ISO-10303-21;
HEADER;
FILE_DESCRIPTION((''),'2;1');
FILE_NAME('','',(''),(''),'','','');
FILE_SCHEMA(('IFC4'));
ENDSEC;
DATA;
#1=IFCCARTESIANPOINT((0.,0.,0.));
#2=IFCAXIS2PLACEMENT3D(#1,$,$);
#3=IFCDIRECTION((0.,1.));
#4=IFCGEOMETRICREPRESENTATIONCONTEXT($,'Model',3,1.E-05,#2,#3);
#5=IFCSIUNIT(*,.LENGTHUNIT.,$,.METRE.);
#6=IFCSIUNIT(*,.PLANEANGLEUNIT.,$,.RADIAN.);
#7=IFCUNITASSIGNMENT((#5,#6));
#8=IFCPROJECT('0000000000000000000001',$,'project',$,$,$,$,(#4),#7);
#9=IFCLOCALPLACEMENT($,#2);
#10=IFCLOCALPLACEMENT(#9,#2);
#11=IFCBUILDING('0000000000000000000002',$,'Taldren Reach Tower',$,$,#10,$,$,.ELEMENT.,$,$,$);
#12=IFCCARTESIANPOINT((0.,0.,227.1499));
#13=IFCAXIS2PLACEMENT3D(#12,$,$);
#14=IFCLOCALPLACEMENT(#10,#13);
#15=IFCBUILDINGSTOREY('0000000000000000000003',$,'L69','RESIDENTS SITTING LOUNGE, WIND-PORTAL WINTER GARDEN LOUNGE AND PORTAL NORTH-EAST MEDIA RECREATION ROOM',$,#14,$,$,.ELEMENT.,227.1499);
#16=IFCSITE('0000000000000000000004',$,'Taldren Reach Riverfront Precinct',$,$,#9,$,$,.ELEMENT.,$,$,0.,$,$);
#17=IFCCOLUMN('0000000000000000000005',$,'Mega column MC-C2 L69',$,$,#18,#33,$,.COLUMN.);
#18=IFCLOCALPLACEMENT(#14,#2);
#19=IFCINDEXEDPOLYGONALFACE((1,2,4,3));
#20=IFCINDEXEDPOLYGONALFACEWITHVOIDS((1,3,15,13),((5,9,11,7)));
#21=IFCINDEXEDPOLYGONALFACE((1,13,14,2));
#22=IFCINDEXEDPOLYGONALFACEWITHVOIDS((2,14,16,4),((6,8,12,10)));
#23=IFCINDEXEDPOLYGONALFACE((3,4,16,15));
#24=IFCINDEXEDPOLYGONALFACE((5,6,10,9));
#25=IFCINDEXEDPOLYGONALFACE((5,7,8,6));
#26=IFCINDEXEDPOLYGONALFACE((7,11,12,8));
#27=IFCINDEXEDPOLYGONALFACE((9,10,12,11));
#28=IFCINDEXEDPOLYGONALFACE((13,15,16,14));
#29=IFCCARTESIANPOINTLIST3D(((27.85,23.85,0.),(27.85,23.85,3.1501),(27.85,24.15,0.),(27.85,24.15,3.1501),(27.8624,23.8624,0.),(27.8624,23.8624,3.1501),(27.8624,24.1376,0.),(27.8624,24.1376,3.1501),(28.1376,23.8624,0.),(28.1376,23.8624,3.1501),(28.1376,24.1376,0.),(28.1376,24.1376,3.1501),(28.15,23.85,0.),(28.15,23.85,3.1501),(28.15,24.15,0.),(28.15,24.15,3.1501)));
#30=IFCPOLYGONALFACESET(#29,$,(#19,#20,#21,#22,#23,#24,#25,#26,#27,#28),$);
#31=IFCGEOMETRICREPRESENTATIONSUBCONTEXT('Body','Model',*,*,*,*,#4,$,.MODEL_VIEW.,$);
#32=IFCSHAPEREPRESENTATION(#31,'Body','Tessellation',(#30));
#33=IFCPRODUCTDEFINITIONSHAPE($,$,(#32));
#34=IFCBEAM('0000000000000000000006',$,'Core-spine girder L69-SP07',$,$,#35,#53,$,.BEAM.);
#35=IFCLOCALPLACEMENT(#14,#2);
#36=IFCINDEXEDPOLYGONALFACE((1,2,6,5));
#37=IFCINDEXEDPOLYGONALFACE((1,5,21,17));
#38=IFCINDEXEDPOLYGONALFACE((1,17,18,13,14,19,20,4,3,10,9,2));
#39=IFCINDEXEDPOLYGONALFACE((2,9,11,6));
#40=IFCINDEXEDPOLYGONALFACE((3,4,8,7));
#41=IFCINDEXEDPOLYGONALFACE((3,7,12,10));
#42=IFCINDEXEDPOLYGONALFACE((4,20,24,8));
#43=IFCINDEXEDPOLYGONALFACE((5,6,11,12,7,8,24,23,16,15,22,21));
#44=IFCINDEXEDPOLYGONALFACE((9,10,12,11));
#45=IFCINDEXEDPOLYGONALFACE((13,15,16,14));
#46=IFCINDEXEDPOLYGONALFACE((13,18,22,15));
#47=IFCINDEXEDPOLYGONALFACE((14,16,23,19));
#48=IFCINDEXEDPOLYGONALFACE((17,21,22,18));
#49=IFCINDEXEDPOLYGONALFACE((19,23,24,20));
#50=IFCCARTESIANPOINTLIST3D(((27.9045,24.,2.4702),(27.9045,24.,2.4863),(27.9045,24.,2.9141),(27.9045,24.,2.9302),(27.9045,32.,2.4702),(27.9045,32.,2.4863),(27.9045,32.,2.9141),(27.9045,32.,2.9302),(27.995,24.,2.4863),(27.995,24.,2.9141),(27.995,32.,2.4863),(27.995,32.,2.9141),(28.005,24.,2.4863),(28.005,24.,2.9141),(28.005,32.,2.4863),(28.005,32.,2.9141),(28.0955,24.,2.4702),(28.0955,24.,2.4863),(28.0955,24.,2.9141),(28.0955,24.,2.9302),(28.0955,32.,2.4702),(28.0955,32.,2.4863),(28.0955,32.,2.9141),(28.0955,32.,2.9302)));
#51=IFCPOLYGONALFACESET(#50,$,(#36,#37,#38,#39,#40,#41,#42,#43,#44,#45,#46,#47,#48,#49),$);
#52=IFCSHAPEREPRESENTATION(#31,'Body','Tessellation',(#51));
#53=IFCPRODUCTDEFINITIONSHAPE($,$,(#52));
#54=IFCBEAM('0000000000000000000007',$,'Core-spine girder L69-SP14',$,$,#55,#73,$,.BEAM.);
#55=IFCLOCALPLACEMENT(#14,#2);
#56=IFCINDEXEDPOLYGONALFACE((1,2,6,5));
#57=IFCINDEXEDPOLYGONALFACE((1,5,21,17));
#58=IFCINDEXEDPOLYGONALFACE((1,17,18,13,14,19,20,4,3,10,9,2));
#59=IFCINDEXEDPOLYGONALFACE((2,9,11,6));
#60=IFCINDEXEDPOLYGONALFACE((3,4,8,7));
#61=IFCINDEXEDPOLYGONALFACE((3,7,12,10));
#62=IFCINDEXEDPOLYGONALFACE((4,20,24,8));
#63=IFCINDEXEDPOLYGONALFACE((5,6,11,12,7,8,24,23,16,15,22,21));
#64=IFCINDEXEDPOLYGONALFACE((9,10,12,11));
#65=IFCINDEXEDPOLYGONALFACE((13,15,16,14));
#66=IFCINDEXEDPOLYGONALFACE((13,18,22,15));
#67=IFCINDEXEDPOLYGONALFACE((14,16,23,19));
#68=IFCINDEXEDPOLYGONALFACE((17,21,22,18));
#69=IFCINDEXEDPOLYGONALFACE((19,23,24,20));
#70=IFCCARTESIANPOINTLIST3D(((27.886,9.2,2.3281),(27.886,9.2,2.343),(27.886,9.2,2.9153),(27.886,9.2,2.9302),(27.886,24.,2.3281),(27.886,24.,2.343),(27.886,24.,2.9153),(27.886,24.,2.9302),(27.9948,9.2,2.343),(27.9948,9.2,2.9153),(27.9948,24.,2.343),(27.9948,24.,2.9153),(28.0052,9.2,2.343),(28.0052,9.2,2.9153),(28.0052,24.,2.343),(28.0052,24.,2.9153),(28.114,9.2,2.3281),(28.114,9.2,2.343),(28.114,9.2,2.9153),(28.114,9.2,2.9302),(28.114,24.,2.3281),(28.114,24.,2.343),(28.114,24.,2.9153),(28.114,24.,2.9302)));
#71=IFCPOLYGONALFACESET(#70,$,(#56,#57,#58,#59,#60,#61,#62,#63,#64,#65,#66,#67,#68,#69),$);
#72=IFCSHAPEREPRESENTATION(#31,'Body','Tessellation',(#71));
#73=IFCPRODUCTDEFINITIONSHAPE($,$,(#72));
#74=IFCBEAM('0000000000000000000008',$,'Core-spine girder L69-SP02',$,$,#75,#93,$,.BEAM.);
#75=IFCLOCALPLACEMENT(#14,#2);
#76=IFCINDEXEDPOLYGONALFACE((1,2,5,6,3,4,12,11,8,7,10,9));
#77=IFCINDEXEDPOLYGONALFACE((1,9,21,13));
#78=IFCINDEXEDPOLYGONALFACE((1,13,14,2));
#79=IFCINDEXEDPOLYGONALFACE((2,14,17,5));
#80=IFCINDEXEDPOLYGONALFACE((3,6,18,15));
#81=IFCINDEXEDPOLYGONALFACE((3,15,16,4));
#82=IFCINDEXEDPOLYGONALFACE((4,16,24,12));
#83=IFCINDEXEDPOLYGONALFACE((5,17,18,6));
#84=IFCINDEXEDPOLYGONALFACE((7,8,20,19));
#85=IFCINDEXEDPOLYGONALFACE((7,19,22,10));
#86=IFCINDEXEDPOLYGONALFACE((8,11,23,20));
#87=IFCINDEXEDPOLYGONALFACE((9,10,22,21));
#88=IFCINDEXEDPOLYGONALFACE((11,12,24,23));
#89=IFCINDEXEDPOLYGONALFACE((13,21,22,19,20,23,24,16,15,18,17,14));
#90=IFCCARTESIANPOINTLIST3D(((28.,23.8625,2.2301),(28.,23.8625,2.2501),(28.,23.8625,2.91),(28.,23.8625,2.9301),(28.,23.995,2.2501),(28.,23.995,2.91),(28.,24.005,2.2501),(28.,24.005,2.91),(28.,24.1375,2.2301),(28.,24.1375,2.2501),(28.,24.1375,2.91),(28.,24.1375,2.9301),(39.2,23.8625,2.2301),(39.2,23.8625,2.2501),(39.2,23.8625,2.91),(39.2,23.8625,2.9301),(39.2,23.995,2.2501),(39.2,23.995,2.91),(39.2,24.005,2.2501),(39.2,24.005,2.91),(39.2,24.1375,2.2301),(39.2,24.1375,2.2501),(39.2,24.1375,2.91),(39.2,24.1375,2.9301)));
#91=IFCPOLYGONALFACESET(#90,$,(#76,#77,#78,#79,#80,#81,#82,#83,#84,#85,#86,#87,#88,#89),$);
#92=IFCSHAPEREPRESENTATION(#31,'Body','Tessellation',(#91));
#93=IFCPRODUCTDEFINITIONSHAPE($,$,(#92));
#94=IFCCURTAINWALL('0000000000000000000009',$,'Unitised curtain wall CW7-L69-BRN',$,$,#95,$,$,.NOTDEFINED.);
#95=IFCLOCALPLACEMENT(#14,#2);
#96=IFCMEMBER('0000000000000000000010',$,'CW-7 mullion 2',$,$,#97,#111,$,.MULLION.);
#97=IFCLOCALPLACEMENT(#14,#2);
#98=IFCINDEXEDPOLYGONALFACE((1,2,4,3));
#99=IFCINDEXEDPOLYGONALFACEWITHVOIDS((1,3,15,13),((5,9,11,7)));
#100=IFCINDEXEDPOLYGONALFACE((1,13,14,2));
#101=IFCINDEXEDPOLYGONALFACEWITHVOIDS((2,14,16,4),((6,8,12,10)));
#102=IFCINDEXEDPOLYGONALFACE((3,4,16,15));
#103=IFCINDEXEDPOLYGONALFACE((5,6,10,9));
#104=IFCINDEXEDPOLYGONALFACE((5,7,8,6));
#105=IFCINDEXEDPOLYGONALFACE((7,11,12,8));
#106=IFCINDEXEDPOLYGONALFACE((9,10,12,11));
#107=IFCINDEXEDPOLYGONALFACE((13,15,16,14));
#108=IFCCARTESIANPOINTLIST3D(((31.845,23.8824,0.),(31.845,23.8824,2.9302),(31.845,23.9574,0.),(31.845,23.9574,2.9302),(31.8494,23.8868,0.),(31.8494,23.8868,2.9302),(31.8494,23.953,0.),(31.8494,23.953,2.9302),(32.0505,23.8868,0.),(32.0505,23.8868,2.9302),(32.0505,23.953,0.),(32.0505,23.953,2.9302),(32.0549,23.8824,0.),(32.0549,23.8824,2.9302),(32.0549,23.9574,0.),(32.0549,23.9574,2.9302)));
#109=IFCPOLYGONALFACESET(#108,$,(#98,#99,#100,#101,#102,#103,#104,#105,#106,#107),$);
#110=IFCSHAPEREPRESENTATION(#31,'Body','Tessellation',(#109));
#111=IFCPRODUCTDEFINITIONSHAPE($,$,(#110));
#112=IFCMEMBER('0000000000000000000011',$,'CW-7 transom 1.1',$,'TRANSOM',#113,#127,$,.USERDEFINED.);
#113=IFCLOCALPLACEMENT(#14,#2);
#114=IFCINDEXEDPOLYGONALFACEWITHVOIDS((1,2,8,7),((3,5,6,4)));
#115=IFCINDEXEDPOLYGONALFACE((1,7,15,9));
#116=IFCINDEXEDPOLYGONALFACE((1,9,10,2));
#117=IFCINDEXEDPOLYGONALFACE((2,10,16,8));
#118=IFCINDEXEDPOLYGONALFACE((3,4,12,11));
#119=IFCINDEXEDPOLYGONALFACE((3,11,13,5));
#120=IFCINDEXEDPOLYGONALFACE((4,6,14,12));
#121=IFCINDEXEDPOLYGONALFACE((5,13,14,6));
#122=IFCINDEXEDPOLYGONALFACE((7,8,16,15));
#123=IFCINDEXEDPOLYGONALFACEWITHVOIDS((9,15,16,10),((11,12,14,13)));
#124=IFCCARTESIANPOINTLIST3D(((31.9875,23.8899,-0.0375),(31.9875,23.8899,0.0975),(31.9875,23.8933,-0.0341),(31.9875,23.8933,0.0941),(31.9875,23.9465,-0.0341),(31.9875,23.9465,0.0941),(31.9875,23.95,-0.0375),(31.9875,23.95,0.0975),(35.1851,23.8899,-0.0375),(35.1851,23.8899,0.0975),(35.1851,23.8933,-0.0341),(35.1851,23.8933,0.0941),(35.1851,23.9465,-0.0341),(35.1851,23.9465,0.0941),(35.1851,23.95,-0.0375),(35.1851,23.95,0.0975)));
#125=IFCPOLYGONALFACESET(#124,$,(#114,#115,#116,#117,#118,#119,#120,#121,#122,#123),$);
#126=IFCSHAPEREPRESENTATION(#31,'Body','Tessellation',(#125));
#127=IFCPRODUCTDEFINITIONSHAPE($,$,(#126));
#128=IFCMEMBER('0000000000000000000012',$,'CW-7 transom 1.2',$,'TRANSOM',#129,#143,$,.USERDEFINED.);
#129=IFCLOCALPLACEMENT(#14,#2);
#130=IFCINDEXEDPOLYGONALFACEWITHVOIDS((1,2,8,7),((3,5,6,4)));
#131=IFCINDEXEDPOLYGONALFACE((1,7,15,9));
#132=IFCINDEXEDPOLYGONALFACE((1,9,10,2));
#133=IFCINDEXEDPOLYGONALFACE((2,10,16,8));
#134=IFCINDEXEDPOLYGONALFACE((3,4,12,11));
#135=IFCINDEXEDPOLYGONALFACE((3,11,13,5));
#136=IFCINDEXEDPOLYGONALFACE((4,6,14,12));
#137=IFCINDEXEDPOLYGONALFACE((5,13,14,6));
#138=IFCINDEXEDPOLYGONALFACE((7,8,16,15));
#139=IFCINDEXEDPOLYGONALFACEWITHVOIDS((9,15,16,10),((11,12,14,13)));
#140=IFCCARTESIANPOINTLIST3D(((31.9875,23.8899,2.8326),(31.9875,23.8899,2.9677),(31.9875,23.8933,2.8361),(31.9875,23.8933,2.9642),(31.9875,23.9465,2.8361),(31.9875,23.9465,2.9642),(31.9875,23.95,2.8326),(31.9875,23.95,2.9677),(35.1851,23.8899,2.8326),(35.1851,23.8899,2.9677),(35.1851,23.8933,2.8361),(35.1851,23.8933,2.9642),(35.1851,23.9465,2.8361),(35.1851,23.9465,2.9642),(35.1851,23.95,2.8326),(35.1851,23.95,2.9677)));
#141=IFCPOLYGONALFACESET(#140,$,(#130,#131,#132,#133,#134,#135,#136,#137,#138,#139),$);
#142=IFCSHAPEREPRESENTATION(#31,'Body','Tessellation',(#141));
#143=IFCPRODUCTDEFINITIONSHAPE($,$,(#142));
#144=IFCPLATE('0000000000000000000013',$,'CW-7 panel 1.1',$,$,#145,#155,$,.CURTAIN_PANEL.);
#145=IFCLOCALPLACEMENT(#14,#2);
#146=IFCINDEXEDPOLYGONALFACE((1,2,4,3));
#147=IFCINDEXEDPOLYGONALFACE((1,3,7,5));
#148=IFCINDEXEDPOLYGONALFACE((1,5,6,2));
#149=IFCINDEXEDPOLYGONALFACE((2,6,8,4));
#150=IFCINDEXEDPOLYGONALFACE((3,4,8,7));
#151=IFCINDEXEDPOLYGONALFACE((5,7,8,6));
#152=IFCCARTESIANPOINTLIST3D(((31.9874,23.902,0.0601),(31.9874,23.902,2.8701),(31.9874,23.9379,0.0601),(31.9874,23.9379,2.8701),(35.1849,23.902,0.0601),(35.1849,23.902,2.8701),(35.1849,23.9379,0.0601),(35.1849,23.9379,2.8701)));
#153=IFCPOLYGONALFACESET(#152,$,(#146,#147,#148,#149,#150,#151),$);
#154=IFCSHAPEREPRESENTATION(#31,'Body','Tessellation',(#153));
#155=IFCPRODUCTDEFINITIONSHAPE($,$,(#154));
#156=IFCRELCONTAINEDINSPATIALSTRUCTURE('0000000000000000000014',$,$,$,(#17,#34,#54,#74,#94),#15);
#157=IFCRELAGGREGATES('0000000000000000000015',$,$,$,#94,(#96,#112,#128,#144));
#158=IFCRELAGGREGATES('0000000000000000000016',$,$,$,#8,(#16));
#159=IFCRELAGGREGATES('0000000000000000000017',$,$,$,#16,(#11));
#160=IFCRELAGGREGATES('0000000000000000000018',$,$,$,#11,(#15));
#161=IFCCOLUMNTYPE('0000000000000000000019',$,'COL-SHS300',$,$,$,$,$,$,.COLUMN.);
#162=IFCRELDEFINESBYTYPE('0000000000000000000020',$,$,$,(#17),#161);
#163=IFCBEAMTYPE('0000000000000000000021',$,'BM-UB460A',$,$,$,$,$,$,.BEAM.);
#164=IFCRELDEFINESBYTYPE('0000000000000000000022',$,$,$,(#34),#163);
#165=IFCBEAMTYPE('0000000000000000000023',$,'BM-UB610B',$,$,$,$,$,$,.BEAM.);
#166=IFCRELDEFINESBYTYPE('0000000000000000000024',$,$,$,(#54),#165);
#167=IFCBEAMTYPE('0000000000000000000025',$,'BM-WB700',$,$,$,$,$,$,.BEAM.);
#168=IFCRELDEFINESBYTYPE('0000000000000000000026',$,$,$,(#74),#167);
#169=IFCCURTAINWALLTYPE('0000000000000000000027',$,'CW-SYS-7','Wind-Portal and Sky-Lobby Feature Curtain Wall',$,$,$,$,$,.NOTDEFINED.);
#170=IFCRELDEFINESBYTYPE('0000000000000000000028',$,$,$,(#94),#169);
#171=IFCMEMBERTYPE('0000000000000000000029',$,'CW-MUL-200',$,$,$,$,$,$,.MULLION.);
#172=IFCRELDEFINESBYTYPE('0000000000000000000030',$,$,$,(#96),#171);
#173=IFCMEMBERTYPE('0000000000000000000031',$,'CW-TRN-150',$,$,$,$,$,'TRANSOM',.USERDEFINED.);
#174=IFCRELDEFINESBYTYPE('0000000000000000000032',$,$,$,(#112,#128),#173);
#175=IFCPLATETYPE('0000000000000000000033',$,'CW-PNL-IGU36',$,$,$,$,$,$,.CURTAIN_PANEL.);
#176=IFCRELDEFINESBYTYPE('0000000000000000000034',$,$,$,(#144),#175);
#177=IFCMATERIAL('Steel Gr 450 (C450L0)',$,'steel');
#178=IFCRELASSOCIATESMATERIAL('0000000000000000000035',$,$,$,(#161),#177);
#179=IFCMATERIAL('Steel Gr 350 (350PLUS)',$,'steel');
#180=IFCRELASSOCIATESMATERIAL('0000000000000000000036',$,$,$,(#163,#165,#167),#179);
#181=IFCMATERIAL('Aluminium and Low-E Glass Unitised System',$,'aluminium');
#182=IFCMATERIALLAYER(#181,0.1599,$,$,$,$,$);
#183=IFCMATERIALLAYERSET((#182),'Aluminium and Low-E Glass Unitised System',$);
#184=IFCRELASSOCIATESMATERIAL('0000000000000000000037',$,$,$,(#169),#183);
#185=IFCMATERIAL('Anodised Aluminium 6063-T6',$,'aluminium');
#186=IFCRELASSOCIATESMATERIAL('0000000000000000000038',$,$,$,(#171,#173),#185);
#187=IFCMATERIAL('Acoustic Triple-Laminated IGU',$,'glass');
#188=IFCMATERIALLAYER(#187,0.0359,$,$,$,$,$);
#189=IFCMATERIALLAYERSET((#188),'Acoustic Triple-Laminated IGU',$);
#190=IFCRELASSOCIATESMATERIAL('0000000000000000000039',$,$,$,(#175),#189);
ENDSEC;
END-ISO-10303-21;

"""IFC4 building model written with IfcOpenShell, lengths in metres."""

from ifc_helpers import new_model, si_unit, direction, frame, origin, origin_2d, place, context, subcontext, project, spatial, rectangle, hollow_rectangle, i_section, extrude, source, transform, mapped, material, layer, layer_set, material_profile, profile_set, type_object, element, aggregate, save


model = new_model("IFC4")

# Units and contexts
model_context = context("Model", 3, precision=1e-05, world=origin(), true_north=direction((0.0, 1.0)))
body_context = subcontext(model_context, "Body", "Model", "MODEL_VIEW")
ifc_project = project(units=[si_unit("LENGTHUNIT", "METRE"), si_unit("PLANEANGLEUNIT", "RADIAN")], contexts=[model_context])

# Site, building, storey
site_placement = place(None, origin())
site = spatial("IfcSite", under=ifc_project, at=site_placement, Name="Taldren Reach Riverfront Precinct", CompositionType="ELEMENT", RefElevation=0.0)
building_placement = place(site_placement, origin())
building = spatial("IfcBuilding", under=site, at=building_placement, Name="Taldren Reach Tower", CompositionType="ELEMENT")
storey_placement = place(building_placement, frame((0.0, 0.0, 227.1499)))
storey = spatial("IfcBuildingStorey", under=building, at=storey_placement, Name="L69", Description="RESIDENTS SITTING LOUNGE, WIND-PORTAL WINTER GARDEN LOUNGE AND PORTAL NORTH-EAST MEDIA RECREATION ROOM", CompositionType="ELEMENT", Elevation=227.1499)

# Column
ifc_material_1 = material(Name="Steel Gr 450 (C450L0)", Category="steel")
ifc_material_profile_1 = material_profile(ifc_material_1, hollow_rectangle(XDim=0.3, YDim=0.3, WallThickness=0.0125, at=origin_2d()), Name="300x300x12.5SHS")
ifc_profile_set_1 = profile_set([ifc_material_profile_1], Name="Steel Gr 450 (C450L0)")
column_type = type_object("IfcColumnType", Name="COL-SHS300", PredefinedType="COLUMN", material=ifc_profile_set_1)
shared_shape_1 = source(origin(), body_context, "Body", "SweptSolid", [
    extrude(hollow_rectangle(XDim=0.3, YDim=0.3, WallThickness=0.0125, at=origin_2d()), origin(), (0.0, 0.0, 1.0), 3.1501),
])
column_placement = place(storey_placement, frame((28.0, 24.0, 0.0), z_axis=(0.0, 0.0, 1.0), x_axis=(1.0, 0.0, 0.0)))
element("IfcColumn", 1, at=column_placement, inside=storey, type_object=column_type, Name="Mega column MC-C2 L69", PredefinedType="COLUMN", context=body_context, shape_type="MappedRepresentation", body=[
    mapped(shared_shape_1, transform((0.0, 0.0, 0.0), scale=1.0)),
])

# Beams
ifc_material_2 = material(Name="Steel Gr 350 (350PLUS)", Category="steel")
ifc_material_profile_2 = material_profile(ifc_material_2, i_section(OverallWidth=0.1909, OverallDepth=0.46, WebThickness=0.01, FlangeThickness=0.0161, at=origin_2d()), Name="460UB82.1")
ifc_profile_set_2 = profile_set([ifc_material_profile_2], Name="Steel Gr 350 (350PLUS)")
beam_type_1 = type_object("IfcBeamType", Name="BM-UB460A", PredefinedType="BEAM", material=ifc_profile_set_2)
shared_shape_2 = source(origin(), body_context, "Body", "SweptSolid", [
    extrude(i_section(OverallWidth=0.1909, OverallDepth=0.46, WebThickness=0.01, FlangeThickness=0.0161, at=origin_2d()), origin(), (0.0, 0.0, 1.0), 8.0),
])
beam_1_placement = place(storey_placement, frame((28.0, 24.0, 2.7002), z_axis=(0.0, 1.0, 0.0), x_axis=(-1.0, 0.0, 0.0)))
element("IfcBeam", 2, at=beam_1_placement, inside=storey, type_object=beam_type_1, Name="Core-spine girder L69-SP07", PredefinedType="BEAM", context=body_context, shape_type="MappedRepresentation", body=[
    mapped(shared_shape_2, transform((0.0, 0.0, 0.0), scale=1.0)),
])
ifc_material_profile_3 = material_profile(ifc_material_2, i_section(OverallWidth=0.228, OverallDepth=0.6021, WebThickness=0.0105, FlangeThickness=0.0149, at=origin_2d()), Name="610UB101")
ifc_profile_set_3 = profile_set([ifc_material_profile_3], Name="Steel Gr 350 (350PLUS)")
beam_type_2 = type_object("IfcBeamType", Name="BM-UB610B", PredefinedType="BEAM", material=ifc_profile_set_3)
shared_shape_3 = source(origin(), body_context, "Body", "SweptSolid", [
    extrude(i_section(OverallWidth=0.228, OverallDepth=0.6021, WebThickness=0.0105, FlangeThickness=0.0149, at=origin_2d()), origin(), (0.0, 0.0, 1.0), 14.8),
])
beam_2_placement = place(storey_placement, frame((28.0, 24.0, 2.6292), z_axis=(0.0, -1.0, 0.0), x_axis=(1.0, 0.0, 0.0)))
element("IfcBeam", 3, at=beam_2_placement, inside=storey, type_object=beam_type_2, Name="Core-spine girder L69-SP14", PredefinedType="BEAM", context=body_context, shape_type="MappedRepresentation", body=[
    mapped(shared_shape_3, transform((0.0, 0.0, 0.0), scale=1.0)),
])
ifc_material_profile_4 = material_profile(ifc_material_2, i_section(OverallWidth=0.2749, OverallDepth=0.7, WebThickness=0.01, FlangeThickness=0.02, at=origin_2d()), Name="700WB150")
ifc_profile_set_4 = profile_set([ifc_material_profile_4], Name="Steel Gr 350 (350PLUS)")
beam_type_3 = type_object("IfcBeamType", Name="BM-WB700", PredefinedType="BEAM", material=ifc_profile_set_4)
shared_shape_4 = source(origin(), body_context, "Body", "SweptSolid", [
    extrude(i_section(OverallWidth=0.2749, OverallDepth=0.7, WebThickness=0.01, FlangeThickness=0.02, at=origin_2d()), origin(), (0.0, 0.0, 1.0), 11.2),
])
beam_3_placement = place(storey_placement, frame((28.0, 24.0, 2.5801), z_axis=(1.0, 0.0, 0.0), x_axis=(0.0, 1.0, 0.0)))
element("IfcBeam", 4, at=beam_3_placement, inside=storey, type_object=beam_type_3, Name="Core-spine girder L69-SP02", PredefinedType="BEAM", context=body_context, shape_type="MappedRepresentation", body=[
    mapped(shared_shape_4, transform((0.0, 0.0, 0.0), scale=1.0)),
])

# Curtain wall, members, plate
ifc_material_3 = material(Name="Aluminium and Low-E Glass Unitised System", Category="aluminium")
ifc_layer_1 = layer(ifc_material_3, 0.1599)
ifc_layer_set_1 = layer_set([ifc_layer_1], Name="Aluminium and Low-E Glass Unitised System")
curtain_wall_type = type_object("IfcCurtainWallType", Name="CW-SYS-7", Description="Wind-Portal and Sky-Lobby Feature Curtain Wall", PredefinedType="NOTDEFINED", material=ifc_layer_set_1)
curtain_wall_placement = place(storey_placement, origin())
curtain_wall = element("IfcCurtainWall", 5, at=curtain_wall_placement, inside=storey, type_object=curtain_wall_type, Name="Unitised curtain wall CW7-L69-BRN", PredefinedType="NOTDEFINED")
ifc_material_4 = material(Name="Anodised Aluminium 6063-T6", Category="aluminium")
ifc_material_profile_5 = material_profile(ifc_material_4, hollow_rectangle(XDim=0.075, YDim=0.21, WallThickness=0.0044, at=origin_2d()), Name="ALU-210x75x4.5RHS")
ifc_profile_set_5 = profile_set([ifc_material_profile_5], Name="Anodised Aluminium 6063-T6")
member_type_1 = type_object("IfcMemberType", Name="CW-MUL-200", PredefinedType="MULLION", material=ifc_profile_set_5)
shared_shape_5 = source(origin(), body_context, "Body", "SweptSolid", [
    extrude(hollow_rectangle(XDim=0.075, YDim=0.21, WallThickness=0.0044, at=origin_2d()), origin(), (0.0, 0.0, 1.0), 2.9302),
])
member_1_placement = place(storey_placement, frame((31.95, 23.9199, 0.0), z_axis=(0.0, 0.0, 1.0), x_axis=(0.0, -1.0, 0.0)))
member_1 = element("IfcMember", 6, at=member_1_placement, type_object=member_type_1, Name="CW-7 mullion 2", PredefinedType="MULLION", context=body_context, shape_type="MappedRepresentation", body=[
    mapped(shared_shape_5, transform((0.0, 0.0, 0.0), scale=1.0)),
])
ifc_material_profile_6 = material_profile(ifc_material_4, hollow_rectangle(XDim=0.0601, YDim=0.135, WallThickness=0.0034, at=origin_2d()), Name="ALU-135x60x3.5RHS")
ifc_profile_set_6 = profile_set([ifc_material_profile_6], Name="Anodised Aluminium 6063-T6")
member_type_2 = type_object("IfcMemberType", Name="CW-TRN-150", ElementType="TRANSOM", PredefinedType="USERDEFINED", material=ifc_profile_set_6)
shared_shape_6 = source(origin(), body_context, "Body", "SweptSolid", [
    extrude(hollow_rectangle(XDim=0.0601, YDim=0.135, WallThickness=0.0034, at=origin_2d()), origin(), (0.0, 0.0, 1.0), 3.1975),
])
member_2_placement = place(storey_placement, frame((35.1851, 23.9199, 0.03), z_axis=(-1.0, 0.0, 0.0), x_axis=(0.0, -1.0, 0.0)))
member_2 = element("IfcMember", 7, at=member_2_placement, type_object=member_type_2, Name="CW-7 transom 1.1", ObjectType="TRANSOM", PredefinedType="USERDEFINED", context=body_context, shape_type="MappedRepresentation", body=[
    mapped(shared_shape_6, transform((0.0, 0.0, 0.0), scale=1.0)),
])
member_3_placement = place(storey_placement, frame((35.1851, 23.9199, 2.9001), z_axis=(-1.0, 0.0, 0.0), x_axis=(0.0, -1.0, 0.0)))
member_3 = element("IfcMember", 8, at=member_3_placement, type_object=member_type_2, Name="CW-7 transom 1.2", ObjectType="TRANSOM", PredefinedType="USERDEFINED", context=body_context, shape_type="MappedRepresentation", body=[
    mapped(shared_shape_6, transform((0.0, 0.0, 0.0), scale=1.0)),
])
ifc_material_5 = material(Name="Acoustic Triple-Laminated IGU", Category="glass")
ifc_layer_2 = layer(ifc_material_5, 0.0359)
ifc_layer_set_2 = layer_set([ifc_layer_2], Name="Acoustic Triple-Laminated IGU")
plate_type = type_object("IfcPlateType", Name="CW-PNL-IGU36", PredefinedType="CURTAIN_PANEL", material=ifc_layer_set_2)
shared_shape_7 = source(origin(), body_context, "Body", "SweptSolid", [
    extrude(rectangle(XDim=3.1975, YDim=0.0359, at=origin_2d()), origin(), (0.0, 0.0, 1.0), 2.8101),
])
plate_placement = place(storey_placement, frame((33.5862, 23.9199, 0.0601), z_axis=(0.0, 0.0, 1.0), x_axis=(-1.0, 0.0, 0.0)))
plate = element("IfcPlate", 9, at=plate_placement, type_object=plate_type, Name="CW-7 panel 1.1", PredefinedType="CURTAIN_PANEL", context=body_context, shape_type="MappedRepresentation", body=[
    mapped(shared_shape_7, transform((0.0, 0.0, 0.0), scale=1.0)),
])
aggregate(curtain_wall, [member_1, member_2, member_3, plate])

save(model, "model.ifc")
